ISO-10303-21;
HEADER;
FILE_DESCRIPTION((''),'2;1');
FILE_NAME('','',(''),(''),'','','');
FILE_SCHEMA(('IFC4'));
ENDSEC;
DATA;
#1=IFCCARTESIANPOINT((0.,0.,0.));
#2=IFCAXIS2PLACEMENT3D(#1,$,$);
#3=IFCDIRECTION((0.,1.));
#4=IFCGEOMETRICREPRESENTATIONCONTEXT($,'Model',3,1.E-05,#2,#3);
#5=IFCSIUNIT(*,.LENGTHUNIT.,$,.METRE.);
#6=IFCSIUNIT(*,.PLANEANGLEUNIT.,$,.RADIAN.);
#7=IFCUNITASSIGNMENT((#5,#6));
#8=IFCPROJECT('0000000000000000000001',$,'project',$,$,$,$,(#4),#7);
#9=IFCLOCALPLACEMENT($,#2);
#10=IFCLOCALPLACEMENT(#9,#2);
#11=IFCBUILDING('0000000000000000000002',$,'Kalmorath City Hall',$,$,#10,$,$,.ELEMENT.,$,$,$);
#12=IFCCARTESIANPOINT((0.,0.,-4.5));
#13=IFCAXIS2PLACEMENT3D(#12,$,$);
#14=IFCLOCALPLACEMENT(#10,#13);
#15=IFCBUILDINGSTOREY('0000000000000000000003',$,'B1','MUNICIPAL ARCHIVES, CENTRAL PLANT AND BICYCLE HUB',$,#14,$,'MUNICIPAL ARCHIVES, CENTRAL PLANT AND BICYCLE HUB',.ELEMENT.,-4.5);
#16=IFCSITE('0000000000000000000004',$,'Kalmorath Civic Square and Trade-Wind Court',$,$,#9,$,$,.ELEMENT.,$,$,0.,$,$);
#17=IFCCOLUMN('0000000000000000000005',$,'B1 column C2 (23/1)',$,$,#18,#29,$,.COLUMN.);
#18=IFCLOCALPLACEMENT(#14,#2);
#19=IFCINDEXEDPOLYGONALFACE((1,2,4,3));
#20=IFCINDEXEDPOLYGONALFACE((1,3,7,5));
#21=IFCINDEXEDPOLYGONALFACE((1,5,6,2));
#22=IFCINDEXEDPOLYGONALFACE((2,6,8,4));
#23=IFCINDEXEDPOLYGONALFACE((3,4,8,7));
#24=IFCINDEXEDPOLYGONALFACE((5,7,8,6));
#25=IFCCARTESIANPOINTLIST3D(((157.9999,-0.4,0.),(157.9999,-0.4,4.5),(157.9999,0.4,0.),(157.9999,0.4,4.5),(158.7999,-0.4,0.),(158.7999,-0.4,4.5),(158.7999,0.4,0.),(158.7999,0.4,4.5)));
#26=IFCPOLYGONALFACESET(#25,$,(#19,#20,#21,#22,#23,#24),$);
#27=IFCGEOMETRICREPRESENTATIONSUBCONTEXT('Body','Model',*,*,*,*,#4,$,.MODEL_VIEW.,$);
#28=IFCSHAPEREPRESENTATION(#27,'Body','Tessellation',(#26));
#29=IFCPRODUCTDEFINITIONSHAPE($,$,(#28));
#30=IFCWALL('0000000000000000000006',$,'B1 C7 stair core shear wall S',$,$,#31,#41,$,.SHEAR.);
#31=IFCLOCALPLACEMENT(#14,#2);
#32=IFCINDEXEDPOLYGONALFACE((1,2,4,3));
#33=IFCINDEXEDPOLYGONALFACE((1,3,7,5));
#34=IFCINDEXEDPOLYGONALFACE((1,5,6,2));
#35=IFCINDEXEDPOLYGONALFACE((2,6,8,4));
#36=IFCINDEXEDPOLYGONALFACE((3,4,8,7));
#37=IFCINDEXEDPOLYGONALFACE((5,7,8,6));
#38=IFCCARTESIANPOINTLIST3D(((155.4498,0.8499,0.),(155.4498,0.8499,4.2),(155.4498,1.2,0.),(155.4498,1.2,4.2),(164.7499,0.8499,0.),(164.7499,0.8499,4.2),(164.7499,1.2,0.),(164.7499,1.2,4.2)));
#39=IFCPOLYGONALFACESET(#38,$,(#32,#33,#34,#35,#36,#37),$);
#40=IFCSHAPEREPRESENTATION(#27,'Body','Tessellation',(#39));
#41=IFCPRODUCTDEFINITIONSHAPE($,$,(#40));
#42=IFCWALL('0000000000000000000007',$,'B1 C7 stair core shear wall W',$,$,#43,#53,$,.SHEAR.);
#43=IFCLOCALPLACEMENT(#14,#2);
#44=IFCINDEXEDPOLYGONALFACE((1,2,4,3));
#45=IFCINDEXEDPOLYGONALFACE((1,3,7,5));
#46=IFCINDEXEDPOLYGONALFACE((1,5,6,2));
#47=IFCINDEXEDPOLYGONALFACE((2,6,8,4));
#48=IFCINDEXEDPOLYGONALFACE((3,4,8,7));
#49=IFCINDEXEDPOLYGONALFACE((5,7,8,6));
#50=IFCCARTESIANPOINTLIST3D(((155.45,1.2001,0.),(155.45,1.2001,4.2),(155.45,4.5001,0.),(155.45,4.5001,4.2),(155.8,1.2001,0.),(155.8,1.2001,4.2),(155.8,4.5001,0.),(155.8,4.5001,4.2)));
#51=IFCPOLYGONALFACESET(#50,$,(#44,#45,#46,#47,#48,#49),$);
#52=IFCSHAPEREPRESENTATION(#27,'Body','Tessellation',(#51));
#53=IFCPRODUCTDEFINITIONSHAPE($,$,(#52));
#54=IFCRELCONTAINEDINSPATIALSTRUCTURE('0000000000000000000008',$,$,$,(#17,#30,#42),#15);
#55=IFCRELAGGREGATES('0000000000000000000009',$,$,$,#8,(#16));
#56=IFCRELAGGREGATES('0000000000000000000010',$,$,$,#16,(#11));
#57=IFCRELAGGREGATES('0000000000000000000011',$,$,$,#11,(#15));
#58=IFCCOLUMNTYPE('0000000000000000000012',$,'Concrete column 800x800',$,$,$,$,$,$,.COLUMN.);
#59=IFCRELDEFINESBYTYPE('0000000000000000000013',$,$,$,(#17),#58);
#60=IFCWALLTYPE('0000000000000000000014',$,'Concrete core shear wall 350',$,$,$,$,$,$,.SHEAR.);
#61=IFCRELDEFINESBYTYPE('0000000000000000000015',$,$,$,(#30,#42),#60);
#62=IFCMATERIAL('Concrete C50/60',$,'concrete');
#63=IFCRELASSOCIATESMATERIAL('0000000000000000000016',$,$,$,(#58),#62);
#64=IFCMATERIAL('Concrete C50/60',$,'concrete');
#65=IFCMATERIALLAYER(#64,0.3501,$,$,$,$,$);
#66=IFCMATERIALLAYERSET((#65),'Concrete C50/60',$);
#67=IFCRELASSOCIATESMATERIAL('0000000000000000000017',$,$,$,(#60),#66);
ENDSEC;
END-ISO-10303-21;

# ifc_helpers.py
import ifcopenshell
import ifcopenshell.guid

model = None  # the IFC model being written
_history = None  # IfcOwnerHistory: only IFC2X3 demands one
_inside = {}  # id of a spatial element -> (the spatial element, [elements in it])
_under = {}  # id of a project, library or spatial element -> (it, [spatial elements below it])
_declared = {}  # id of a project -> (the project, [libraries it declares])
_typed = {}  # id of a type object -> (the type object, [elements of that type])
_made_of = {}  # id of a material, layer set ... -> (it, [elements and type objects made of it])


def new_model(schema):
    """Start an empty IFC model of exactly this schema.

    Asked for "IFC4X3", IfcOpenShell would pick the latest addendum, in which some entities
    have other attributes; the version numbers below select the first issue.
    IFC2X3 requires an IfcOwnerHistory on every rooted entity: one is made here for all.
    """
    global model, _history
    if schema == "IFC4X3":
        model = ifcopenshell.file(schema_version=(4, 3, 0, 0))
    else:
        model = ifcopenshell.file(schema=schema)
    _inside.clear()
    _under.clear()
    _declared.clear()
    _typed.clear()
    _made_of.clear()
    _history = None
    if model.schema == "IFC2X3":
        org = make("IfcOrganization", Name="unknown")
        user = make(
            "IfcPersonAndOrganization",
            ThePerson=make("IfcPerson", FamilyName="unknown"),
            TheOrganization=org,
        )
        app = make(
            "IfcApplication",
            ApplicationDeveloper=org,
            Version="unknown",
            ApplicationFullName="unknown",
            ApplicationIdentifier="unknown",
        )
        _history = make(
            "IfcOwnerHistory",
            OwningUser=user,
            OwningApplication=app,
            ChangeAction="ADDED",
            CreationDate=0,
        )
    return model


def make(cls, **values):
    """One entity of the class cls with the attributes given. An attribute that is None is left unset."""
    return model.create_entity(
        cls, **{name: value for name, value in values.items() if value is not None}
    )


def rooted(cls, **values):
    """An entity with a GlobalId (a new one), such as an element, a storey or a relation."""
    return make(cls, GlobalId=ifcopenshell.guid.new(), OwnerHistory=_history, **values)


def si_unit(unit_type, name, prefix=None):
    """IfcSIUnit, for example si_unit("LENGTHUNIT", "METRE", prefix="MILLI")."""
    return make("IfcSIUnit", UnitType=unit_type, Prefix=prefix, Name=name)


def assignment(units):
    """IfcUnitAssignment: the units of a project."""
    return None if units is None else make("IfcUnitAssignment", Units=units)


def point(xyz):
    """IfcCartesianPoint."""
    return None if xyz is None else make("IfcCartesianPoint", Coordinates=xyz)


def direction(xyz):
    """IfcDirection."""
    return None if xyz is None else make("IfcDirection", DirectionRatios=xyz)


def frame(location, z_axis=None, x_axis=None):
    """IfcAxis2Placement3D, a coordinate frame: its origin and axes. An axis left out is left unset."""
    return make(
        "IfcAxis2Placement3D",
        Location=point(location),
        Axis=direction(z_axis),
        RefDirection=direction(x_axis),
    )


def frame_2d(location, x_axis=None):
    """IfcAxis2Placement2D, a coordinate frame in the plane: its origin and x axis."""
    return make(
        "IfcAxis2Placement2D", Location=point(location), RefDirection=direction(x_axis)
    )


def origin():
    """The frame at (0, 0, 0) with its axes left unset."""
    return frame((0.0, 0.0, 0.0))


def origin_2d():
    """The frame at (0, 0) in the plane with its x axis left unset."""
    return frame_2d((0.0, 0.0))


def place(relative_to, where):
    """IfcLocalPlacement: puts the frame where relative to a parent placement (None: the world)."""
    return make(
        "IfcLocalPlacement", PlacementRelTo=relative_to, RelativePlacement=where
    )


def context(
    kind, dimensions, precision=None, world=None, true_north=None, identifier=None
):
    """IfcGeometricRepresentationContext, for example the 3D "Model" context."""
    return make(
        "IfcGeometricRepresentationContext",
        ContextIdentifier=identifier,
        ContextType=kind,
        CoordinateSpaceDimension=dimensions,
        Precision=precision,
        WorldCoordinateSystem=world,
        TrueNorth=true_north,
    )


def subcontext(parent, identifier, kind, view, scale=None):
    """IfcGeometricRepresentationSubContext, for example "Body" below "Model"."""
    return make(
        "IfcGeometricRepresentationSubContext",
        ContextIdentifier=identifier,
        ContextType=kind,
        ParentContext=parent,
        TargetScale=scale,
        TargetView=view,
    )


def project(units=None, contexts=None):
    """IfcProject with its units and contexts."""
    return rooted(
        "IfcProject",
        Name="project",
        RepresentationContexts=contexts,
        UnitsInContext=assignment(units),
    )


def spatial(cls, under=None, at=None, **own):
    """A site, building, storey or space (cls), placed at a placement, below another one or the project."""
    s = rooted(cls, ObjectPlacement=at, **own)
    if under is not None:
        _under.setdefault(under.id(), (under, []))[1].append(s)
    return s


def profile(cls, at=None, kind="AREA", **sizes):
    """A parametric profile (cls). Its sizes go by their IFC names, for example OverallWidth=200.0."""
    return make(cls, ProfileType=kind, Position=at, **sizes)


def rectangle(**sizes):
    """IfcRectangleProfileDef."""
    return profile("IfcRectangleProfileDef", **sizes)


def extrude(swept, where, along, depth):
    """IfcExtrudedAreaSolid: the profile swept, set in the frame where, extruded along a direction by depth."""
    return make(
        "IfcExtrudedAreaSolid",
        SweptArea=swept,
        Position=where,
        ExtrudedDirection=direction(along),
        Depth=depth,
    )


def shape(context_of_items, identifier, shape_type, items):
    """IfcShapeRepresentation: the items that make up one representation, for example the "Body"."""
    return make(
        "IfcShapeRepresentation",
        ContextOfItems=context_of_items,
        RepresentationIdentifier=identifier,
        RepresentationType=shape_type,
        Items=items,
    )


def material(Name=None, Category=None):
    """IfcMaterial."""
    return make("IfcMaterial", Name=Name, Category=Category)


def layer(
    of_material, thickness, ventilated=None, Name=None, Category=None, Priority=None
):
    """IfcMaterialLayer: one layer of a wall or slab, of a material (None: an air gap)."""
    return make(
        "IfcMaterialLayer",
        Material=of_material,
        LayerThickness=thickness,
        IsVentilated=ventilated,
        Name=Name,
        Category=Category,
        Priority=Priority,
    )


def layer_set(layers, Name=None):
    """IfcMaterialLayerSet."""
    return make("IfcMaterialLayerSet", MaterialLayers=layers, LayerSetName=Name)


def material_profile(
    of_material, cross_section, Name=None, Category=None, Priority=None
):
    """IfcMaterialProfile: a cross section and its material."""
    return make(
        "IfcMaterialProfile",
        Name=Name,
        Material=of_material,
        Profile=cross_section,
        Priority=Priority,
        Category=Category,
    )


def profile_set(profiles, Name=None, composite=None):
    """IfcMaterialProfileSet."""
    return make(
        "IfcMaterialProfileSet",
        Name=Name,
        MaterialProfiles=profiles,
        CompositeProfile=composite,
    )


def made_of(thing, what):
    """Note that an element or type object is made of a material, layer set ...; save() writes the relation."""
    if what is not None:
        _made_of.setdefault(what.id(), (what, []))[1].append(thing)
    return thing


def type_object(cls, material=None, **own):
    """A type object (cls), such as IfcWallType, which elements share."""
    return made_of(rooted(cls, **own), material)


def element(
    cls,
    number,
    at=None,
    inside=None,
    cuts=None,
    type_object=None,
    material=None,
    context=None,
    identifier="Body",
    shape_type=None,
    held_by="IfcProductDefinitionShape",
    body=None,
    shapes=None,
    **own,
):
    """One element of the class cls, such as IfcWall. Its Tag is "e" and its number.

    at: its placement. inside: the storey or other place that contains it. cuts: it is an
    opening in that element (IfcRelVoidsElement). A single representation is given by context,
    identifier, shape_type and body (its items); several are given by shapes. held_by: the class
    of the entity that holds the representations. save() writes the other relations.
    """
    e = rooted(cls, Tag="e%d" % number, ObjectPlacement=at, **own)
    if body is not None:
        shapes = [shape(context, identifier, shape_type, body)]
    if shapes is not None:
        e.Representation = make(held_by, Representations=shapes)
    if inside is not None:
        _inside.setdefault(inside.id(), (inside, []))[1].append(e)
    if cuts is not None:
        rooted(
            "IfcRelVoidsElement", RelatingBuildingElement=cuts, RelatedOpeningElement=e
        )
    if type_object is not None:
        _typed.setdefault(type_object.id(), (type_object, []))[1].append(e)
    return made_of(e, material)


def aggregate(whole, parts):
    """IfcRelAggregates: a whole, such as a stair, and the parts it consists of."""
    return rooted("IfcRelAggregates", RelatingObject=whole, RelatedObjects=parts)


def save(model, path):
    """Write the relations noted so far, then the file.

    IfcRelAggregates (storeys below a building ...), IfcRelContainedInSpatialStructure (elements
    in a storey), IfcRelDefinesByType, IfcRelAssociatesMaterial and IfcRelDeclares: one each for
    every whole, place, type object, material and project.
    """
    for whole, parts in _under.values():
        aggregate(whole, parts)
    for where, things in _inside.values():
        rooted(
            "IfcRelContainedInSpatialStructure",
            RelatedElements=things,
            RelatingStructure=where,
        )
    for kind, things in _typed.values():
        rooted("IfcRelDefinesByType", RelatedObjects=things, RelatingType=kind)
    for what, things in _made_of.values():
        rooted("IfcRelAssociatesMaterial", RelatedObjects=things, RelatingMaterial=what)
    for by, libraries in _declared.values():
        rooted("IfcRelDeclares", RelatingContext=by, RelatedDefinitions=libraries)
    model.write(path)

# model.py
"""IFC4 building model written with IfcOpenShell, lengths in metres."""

from ifc_helpers import new_model, si_unit, direction, frame, frame_2d, origin, origin_2d, place, context, subcontext, project, spatial, rectangle, extrude, material, layer, layer_set, material_profile, profile_set, type_object, element, save


model = new_model("IFC4")

# Units and contexts
model_context = context("Model", 3, precision=1e-05, world=origin(), true_north=direction((0.0, 1.0)))
body_context = subcontext(model_context, "Body", "Model", "MODEL_VIEW")
ifc_project = project(units=[si_unit("LENGTHUNIT", "METRE"), si_unit("PLANEANGLEUNIT", "RADIAN")], contexts=[model_context])

# Site, building, storey
site_placement = place(None, origin())
site = spatial("IfcSite", under=ifc_project, at=site_placement, Name="Kalmorath Civic Square and Trade-Wind Court", CompositionType="ELEMENT", RefElevation=0.0)
building_placement = place(site_placement, origin())
building = spatial("IfcBuilding", under=site, at=building_placement, Name="Kalmorath City Hall", CompositionType="ELEMENT")
storey_placement = place(building_placement, frame((0.0, 0.0, -4.5)))
storey = spatial("IfcBuildingStorey", under=building, at=storey_placement, Name="B1", Description="MUNICIPAL ARCHIVES, CENTRAL PLANT AND BICYCLE HUB", LongName="MUNICIPAL ARCHIVES, CENTRAL PLANT AND BICYCLE HUB", CompositionType="ELEMENT", Elevation=-4.5)

# Column
ifc_material_1 = material(Name="Concrete C50/60", Category="concrete")
ifc_material_profile_1 = material_profile(ifc_material_1, rectangle(XDim=0.8, YDim=0.8, at=origin_2d()), Name="RC-COL-800X800")
ifc_profile_set_1 = profile_set([ifc_material_profile_1], Name="Concrete C50/60")
column_type_1 = type_object("IfcColumnType", Name="Concrete column 800x800", PredefinedType="COLUMN", material=ifc_profile_set_1)
for number, where, z_axis, x_axis, name in (
    (1, (158.3999, 0.0, 0.0), (0.0, 0.0, 1.0), (1.0, 0.0, 0.0), "B1 column C2 (23/1)"),
):
    element("IfcColumn", number, at=place(storey_placement, frame(where, z_axis=z_axis, x_axis=x_axis)), inside=storey, type_object=column_type_1, Name=name, PredefinedType="COLUMN", context=body_context, shape_type="SweptSolid", body=[
        extrude(rectangle(XDim=0.8, YDim=0.8, at=origin_2d()), origin(), (0.0, 0.0, 1.0), 4.5),
    ])

# Walls
ifc_material_2 = material(Name="Concrete C50/60", Category="concrete")
ifc_layer = layer(ifc_material_2, 0.3501)
ifc_layer_set = layer_set([ifc_layer], Name="Concrete C50/60")
wall_type = type_object("IfcWallType", Name="Concrete core shear wall 350", PredefinedType="SHEAR", material=ifc_layer_set)
wall_1_placement = place(storey_placement, frame((155.45, 1.0249, 0.0), z_axis=(0.0, 0.0, 1.0), x_axis=(1.0, 0.0, 0.0)))
element("IfcWall", 2, at=wall_1_placement, inside=storey, type_object=wall_type, Name="B1 C7 stair core shear wall S", PredefinedType="SHEAR", context=body_context, shape_type="SweptSolid", body=[
    extrude(rectangle(XDim=9.3, YDim=0.3501, at=frame_2d((4.6499, 0.0))), origin(), (0.0, 0.0, 1.0), 4.2),
])
wall_2_placement = place(storey_placement, frame((155.625, 4.5, 0.0), z_axis=(0.0, 0.0, 1.0), x_axis=(0.0, -1.0, 0.0)))
element("IfcWall", 3, at=wall_2_placement, inside=storey, type_object=wall_type, Name="B1 C7 stair core shear wall W", PredefinedType="SHEAR", context=body_context, shape_type="SweptSolid", body=[
    extrude(rectangle(XDim=3.3, YDim=0.3501, at=frame_2d((1.6499, 0.0))), origin(), (0.0, 0.0, 1.0), 4.2),
])

save(model, "model.ifc")
